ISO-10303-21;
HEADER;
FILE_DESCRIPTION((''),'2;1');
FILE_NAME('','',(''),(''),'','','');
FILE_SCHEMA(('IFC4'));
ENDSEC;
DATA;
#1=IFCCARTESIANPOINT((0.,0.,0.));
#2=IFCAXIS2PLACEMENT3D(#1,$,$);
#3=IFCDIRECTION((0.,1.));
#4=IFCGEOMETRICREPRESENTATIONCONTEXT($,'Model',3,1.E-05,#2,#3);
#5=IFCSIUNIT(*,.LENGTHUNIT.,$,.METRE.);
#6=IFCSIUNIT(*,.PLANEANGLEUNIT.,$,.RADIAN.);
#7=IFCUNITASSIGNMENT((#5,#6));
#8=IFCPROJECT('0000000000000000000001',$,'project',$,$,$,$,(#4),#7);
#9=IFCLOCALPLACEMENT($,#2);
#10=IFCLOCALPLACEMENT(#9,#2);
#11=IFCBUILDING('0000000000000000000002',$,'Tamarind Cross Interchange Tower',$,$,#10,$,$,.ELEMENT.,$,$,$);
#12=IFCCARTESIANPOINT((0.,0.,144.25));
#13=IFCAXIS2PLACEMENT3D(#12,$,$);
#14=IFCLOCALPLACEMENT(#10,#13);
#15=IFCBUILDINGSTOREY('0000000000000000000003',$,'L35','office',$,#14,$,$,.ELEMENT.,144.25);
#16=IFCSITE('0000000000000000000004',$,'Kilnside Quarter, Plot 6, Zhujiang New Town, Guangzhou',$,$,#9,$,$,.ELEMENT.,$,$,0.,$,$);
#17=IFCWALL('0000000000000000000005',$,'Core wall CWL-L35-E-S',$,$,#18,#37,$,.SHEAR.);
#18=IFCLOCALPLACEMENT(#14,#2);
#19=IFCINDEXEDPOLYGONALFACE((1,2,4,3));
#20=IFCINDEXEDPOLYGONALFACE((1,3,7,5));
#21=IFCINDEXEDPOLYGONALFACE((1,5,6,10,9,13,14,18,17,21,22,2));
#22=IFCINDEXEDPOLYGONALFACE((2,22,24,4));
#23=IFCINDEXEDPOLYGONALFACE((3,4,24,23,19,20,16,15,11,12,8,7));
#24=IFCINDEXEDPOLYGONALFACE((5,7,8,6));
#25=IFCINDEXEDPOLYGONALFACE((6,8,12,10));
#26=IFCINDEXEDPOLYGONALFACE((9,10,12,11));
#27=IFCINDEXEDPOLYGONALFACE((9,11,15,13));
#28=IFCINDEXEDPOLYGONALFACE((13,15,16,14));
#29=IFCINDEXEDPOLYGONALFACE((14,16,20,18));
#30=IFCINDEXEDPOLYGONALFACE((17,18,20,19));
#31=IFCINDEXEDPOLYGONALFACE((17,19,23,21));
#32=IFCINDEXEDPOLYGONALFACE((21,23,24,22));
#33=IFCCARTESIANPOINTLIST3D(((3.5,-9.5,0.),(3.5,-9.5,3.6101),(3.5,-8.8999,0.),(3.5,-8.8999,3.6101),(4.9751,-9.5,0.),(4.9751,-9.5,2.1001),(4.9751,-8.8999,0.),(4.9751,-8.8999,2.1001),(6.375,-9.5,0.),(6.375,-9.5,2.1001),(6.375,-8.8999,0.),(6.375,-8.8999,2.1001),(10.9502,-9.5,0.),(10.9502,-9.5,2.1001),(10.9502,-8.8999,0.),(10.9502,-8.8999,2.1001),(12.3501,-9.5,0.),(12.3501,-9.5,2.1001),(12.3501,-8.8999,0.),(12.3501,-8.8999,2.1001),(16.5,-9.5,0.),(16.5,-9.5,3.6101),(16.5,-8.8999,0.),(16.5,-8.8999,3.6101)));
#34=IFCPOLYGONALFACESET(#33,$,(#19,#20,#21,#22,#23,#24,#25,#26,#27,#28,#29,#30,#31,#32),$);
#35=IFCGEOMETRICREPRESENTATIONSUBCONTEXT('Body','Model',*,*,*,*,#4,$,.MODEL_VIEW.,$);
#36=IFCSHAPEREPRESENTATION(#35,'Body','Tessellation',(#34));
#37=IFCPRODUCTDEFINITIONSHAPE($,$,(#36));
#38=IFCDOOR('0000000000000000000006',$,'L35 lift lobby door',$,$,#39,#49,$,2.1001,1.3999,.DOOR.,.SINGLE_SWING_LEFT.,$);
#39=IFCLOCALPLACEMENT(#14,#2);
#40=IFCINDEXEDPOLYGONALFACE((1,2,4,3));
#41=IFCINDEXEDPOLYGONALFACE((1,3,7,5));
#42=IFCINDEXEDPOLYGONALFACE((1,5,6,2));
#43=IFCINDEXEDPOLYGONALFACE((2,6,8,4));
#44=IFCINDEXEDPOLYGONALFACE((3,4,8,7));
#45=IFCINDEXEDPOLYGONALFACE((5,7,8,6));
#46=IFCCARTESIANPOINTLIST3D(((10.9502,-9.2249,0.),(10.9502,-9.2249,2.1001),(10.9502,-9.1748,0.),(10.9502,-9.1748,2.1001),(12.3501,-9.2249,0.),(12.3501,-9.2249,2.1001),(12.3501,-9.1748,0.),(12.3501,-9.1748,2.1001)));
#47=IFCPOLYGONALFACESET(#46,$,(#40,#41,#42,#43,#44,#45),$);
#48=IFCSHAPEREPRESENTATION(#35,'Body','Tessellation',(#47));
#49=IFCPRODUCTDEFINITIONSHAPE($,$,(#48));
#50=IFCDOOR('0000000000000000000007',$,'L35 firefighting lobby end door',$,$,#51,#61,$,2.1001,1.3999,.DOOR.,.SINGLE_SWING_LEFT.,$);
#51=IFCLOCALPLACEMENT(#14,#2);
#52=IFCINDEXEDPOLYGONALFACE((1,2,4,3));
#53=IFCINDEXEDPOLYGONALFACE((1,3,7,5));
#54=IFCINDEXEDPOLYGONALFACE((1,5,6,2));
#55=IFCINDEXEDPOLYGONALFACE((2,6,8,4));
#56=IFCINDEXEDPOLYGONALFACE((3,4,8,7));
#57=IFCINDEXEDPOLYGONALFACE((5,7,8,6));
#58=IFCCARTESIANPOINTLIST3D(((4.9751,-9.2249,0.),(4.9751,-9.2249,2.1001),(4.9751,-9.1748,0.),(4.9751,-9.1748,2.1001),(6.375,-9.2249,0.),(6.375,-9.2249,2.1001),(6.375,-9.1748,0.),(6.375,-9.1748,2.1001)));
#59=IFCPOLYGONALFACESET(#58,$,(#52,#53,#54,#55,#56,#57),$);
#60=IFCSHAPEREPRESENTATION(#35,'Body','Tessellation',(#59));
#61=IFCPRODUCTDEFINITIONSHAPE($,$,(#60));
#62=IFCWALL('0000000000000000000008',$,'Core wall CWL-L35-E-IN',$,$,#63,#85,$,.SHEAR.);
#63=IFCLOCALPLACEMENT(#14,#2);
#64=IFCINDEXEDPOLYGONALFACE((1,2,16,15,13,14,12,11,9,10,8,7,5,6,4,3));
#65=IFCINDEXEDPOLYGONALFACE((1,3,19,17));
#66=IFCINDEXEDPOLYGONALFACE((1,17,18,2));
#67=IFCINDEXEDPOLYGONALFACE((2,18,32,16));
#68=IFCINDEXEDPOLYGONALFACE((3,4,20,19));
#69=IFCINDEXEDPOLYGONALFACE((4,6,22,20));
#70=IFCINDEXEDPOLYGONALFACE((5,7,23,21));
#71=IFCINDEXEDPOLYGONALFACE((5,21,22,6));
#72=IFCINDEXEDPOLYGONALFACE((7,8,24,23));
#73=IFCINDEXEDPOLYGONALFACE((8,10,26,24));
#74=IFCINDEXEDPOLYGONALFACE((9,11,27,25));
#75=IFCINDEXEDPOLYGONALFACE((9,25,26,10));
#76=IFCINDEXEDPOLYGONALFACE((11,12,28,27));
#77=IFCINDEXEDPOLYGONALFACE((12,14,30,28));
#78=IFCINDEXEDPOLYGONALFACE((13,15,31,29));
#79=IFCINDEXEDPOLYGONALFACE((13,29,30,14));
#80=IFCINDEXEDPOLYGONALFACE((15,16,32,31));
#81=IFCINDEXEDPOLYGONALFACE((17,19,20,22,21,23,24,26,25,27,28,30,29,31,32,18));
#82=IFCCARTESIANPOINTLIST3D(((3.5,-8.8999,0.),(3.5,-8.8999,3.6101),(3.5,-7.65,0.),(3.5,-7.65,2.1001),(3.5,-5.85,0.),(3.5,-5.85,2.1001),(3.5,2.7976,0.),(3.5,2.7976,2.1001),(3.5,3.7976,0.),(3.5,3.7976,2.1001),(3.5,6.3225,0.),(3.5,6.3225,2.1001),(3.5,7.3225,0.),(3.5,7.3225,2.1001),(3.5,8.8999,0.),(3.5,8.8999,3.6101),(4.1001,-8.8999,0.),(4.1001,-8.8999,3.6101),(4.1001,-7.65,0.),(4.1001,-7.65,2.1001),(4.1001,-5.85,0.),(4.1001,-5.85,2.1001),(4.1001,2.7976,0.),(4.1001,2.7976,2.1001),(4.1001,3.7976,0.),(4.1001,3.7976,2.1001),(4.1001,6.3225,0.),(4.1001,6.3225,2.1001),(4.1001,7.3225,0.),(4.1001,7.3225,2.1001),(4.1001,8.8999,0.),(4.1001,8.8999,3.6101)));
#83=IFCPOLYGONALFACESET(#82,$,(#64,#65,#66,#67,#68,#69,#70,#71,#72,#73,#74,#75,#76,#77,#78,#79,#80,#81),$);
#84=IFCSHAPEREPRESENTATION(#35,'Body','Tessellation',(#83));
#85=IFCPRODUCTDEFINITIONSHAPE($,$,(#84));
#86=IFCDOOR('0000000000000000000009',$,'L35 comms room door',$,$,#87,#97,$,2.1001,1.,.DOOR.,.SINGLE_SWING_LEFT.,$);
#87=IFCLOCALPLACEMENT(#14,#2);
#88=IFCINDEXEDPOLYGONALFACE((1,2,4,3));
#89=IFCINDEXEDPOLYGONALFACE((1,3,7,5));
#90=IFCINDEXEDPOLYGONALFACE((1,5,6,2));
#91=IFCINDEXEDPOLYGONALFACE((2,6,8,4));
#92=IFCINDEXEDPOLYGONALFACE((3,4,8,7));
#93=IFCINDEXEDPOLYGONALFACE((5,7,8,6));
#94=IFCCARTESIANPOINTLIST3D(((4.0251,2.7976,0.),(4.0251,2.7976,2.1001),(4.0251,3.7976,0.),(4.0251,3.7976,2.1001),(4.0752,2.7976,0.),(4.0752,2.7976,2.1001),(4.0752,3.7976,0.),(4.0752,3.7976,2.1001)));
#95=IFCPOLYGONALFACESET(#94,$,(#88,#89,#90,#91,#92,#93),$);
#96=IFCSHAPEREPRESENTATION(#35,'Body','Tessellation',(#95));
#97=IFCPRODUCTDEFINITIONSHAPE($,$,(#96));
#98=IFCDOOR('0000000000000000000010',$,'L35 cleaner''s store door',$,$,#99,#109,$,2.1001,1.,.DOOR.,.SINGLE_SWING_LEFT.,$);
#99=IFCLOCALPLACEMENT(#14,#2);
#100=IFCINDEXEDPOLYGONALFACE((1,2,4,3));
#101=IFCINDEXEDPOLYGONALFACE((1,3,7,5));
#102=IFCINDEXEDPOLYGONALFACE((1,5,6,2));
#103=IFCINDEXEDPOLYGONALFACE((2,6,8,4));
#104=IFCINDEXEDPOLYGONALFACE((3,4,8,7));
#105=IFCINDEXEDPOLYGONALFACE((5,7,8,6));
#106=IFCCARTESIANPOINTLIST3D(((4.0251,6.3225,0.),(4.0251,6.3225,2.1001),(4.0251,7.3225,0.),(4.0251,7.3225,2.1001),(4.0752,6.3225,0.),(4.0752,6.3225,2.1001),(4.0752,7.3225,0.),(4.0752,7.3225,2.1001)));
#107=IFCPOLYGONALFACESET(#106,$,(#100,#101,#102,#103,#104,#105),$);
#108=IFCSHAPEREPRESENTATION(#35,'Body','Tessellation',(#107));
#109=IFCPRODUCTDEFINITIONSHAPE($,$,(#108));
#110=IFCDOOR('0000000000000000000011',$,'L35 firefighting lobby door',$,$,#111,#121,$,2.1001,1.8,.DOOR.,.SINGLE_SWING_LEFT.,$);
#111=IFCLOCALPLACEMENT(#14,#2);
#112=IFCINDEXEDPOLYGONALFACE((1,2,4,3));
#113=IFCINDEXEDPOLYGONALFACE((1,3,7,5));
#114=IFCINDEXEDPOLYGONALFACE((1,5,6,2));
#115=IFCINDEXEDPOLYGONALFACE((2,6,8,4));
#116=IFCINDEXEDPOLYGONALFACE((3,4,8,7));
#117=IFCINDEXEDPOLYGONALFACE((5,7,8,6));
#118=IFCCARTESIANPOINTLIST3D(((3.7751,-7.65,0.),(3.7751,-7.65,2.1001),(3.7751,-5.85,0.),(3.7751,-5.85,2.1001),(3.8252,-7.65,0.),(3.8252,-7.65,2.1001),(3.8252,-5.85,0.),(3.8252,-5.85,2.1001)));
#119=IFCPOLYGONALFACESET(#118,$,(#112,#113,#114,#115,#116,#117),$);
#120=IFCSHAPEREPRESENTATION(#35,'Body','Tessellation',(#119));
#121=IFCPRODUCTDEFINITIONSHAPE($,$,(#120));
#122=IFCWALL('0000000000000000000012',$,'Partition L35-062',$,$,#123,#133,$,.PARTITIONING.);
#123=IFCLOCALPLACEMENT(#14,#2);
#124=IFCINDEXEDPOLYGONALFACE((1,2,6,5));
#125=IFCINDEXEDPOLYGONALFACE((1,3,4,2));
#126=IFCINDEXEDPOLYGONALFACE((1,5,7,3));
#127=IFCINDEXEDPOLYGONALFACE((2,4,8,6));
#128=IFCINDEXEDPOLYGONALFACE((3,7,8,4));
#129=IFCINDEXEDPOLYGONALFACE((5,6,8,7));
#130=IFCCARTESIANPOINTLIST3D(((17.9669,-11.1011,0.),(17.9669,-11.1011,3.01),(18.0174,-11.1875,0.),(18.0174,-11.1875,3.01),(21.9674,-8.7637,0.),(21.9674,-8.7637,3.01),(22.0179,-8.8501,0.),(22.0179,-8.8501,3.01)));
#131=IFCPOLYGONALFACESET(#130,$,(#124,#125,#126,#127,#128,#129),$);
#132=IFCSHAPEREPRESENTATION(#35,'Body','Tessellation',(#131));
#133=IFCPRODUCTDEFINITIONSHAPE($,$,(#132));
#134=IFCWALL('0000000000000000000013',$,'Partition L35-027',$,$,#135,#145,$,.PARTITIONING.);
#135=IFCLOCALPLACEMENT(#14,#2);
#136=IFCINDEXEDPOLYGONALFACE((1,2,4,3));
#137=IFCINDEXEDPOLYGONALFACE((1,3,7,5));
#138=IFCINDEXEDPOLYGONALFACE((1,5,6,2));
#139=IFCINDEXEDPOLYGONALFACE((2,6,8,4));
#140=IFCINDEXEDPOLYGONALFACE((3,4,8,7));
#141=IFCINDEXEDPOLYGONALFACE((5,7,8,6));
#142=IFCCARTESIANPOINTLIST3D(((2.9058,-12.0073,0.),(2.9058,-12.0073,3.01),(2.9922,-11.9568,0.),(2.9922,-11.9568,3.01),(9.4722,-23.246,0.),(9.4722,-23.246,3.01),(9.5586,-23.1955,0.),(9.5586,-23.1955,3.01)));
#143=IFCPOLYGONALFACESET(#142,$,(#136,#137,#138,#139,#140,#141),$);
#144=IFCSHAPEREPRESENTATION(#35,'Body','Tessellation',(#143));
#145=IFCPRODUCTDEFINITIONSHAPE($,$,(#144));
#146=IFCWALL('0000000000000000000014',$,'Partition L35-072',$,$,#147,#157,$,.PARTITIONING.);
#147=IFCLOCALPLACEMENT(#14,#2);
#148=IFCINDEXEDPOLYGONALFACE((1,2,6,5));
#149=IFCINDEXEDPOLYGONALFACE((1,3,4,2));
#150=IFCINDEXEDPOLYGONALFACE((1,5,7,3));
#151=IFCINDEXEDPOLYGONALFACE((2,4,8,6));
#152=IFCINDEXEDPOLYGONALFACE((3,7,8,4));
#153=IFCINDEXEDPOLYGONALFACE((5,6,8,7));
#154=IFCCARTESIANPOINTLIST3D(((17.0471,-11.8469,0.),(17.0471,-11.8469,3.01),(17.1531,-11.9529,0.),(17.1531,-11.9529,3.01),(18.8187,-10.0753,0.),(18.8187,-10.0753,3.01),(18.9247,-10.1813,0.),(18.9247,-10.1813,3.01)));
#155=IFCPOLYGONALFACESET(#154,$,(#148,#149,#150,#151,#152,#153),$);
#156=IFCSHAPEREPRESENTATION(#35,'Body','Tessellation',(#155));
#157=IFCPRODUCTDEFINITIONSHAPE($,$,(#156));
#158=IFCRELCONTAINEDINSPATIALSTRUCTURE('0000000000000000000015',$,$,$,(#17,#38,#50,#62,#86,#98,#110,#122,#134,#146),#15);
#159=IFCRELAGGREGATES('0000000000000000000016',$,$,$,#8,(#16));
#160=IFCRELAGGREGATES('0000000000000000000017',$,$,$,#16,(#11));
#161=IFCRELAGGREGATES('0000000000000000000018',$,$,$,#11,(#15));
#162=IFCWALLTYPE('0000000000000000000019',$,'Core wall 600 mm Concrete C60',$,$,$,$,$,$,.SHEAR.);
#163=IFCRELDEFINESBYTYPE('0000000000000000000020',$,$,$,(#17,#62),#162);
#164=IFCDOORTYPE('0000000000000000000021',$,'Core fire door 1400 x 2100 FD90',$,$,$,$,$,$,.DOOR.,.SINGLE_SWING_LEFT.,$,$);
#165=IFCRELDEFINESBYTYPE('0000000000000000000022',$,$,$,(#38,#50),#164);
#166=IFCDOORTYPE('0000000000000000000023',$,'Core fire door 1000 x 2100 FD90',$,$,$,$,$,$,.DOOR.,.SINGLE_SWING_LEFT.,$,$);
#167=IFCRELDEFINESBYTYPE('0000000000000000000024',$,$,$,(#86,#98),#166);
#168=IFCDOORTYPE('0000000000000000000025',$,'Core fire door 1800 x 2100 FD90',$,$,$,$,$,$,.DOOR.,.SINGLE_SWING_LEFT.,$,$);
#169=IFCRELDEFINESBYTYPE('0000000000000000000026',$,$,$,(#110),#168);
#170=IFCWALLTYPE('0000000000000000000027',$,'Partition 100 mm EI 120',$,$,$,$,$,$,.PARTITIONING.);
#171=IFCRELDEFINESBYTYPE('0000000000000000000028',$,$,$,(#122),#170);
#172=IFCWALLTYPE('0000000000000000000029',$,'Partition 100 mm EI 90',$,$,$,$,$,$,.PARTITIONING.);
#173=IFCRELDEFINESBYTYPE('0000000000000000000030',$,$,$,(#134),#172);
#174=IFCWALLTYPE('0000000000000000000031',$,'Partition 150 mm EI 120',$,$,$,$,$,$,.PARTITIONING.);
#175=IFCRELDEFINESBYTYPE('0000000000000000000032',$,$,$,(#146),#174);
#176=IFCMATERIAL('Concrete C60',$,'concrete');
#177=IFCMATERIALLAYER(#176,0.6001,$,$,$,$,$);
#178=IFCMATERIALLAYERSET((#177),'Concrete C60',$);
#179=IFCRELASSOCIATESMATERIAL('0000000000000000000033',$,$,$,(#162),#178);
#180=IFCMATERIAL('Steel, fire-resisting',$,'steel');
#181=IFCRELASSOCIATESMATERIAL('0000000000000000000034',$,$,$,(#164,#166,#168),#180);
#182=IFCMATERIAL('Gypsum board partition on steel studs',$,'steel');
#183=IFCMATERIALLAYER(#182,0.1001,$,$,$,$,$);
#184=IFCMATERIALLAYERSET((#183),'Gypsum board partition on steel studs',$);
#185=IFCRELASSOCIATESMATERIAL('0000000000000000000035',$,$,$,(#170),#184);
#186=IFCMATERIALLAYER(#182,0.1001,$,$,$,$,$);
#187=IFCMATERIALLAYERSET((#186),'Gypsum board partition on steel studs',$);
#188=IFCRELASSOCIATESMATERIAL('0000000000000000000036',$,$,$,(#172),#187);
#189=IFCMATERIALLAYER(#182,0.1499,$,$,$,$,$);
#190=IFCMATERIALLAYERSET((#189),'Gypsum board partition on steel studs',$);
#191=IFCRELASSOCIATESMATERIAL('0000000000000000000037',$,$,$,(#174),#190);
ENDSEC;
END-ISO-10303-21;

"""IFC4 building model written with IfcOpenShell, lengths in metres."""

from ifc_helpers import new_model, si_unit, direction, frame, frame_2d, origin, place, context, subcontext, project, spatial, rectangle, extrude, material, layer, layer_set, type_object, element, fill, save


model = new_model("IFC4")

# Units and contexts
model_context = context("Model", 3, precision=1e-05, world=origin(), true_north=direction((0.0, 1.0)))
body_context = subcontext(model_context, "Body", "Model", "MODEL_VIEW")
ifc_project = project(units=[si_unit("LENGTHUNIT", "METRE"), si_unit("PLANEANGLEUNIT", "RADIAN")], contexts=[model_context])

# Site, building, storey
site_placement = place(None, origin())
site = spatial("IfcSite", under=ifc_project, at=site_placement, Name="Kilnside Quarter, Plot 6, Zhujiang New Town, Guangzhou", CompositionType="ELEMENT", RefElevation=0.0)
building_placement = place(site_placement, origin())
building = spatial("IfcBuilding", under=site, at=building_placement, Name="Tamarind Cross Interchange Tower", CompositionType="ELEMENT")
storey_placement = place(building_placement, frame((0.0, 0.0, 144.25)))
storey = spatial("IfcBuildingStorey", under=building, at=storey_placement, Name="L35", Description="office", CompositionType="ELEMENT", Elevation=144.25)

# Shared definitions
ifc_material_1 = material(Name="Concrete C60", Category="concrete")

# Walls, openings, doors
ifc_layer_1 = layer(ifc_material_1, 0.6001)
ifc_layer_set_1 = layer_set([ifc_layer_1], Name="Concrete C60")
wall_type_1 = type_object("IfcWallType", Name="Core wall 600 mm Concrete C60", PredefinedType="SHEAR", material=ifc_layer_set_1)
wall_1_placement = place(storey_placement, frame((16.5, -9.2, 0.0), z_axis=(0.0, 0.0, 1.0), x_axis=(-1.0, 0.0, 0.0)))
wall_1 = element("IfcWall", 1, at=wall_1_placement, inside=storey, type_object=wall_type_1, Name="Core wall CWL-L35-E-S", PredefinedType="SHEAR", context=body_context, shape_type="SweptSolid", body=[
    extrude(rectangle(XDim=13.0, YDim=0.6001, at=frame_2d((6.5, 0.0))), origin(), (0.0, 0.0, 1.0), 3.6101),
])
opening_1_placement = place(wall_1_placement, frame((4.1499, 0.0, 0.0)))
opening_1 = element("IfcOpeningElement", 2, at=opening_1_placement, cuts=wall_1, PredefinedType="OPENING", context=body_context, shape_type="SweptSolid", body=[
    extrude(rectangle(XDim=1.3999, YDim=2.1001, at=frame_2d((0.7, 1.05))), frame((0.0, 0.3101, 0.0), z_axis=(0.0, -1.0, 0.0), x_axis=(1.0, 0.0, 0.0)), (0.0, 0.0, 1.0), 0.6201),
])
opening_2_placement = place(wall_1_placement, frame((10.125, 0.0, 0.0)))
opening_2 = element("IfcOpeningElement", 3, at=opening_2_placement, cuts=wall_1, PredefinedType="OPENING", context=body_context, shape_type="SweptSolid", body=[
    extrude(rectangle(XDim=1.3999, YDim=2.1001, at=frame_2d((0.7, 1.05))), frame((0.0, 0.3101, 0.0), z_axis=(0.0, -1.0, 0.0), x_axis=(1.0, 0.0, 0.0)), (0.0, 0.0, 1.0), 0.6201),
])
ifc_material_2 = material(Name="Steel, fire-resisting", Category="steel")
door_type_1 = type_object("IfcDoorType", Name="Core fire door 1400 x 2100 FD90", OperationType="SINGLE_SWING_LEFT", PredefinedType="DOOR", material=ifc_material_2)
door_1_placement = place(opening_1_placement, origin())
door_1 = element("IfcDoor", 4, at=door_1_placement, inside=storey, type_object=door_type_1, Name="L35 lift lobby door", OperationType="SINGLE_SWING_LEFT", OverallHeight=2.1001, OverallWidth=1.3999, PredefinedType="DOOR", context=body_context, shape_type="SweptSolid", body=[
    extrude(rectangle(XDim=1.3999, YDim=2.1001, at=frame_2d((0.7, 1.05))), frame((0.0, 0.0249, 0.0), z_axis=(0.0, -1.0, 0.0), x_axis=(1.0, 0.0, 0.0)), (0.0, 0.0, 1.0), 0.05),
])
fill(opening_1, door_1)
door_2_placement = place(opening_2_placement, origin())
door_2 = element("IfcDoor", 5, at=door_2_placement, inside=storey, type_object=door_type_1, Name="L35 firefighting lobby end door", OperationType="SINGLE_SWING_LEFT", OverallHeight=2.1001, OverallWidth=1.3999, PredefinedType="DOOR", context=body_context, shape_type="SweptSolid", body=[
    extrude(rectangle(XDim=1.3999, YDim=2.1001, at=frame_2d((0.7, 1.05))), frame((0.0, 0.0249, 0.0), z_axis=(0.0, -1.0, 0.0), x_axis=(1.0, 0.0, 0.0)), (0.0, 0.0, 1.0), 0.05),
])
fill(opening_2, door_2)
wall_2_placement = place(storey_placement, frame((3.8, -8.8999, 0.0), z_axis=(0.0, 0.0, 1.0), x_axis=(0.0, 1.0, 0.0)))
wall_2 = element("IfcWall", 6, at=wall_2_placement, inside=storey, type_object=wall_type_1, Name="Core wall CWL-L35-E-IN", PredefinedType="SHEAR", context=body_context, shape_type="SweptSolid", body=[
    extrude(rectangle(XDim=17.7998, YDim=0.6001, at=frame_2d((8.8999, 0.0))), origin(), (0.0, 0.0, 1.0), 3.6101),
])
opening_3_placement = place(wall_2_placement, frame((1.25, 0.0, 0.0)))
opening_3 = element("IfcOpeningElement", 7, at=opening_3_placement, cuts=wall_2, PredefinedType="OPENING", context=body_context, shape_type="SweptSolid", body=[
    extrude(rectangle(XDim=1.8, YDim=2.1001, at=frame_2d((0.8999, 1.05))), frame((0.0, 0.3101, 0.0), z_axis=(0.0, -1.0, 0.0), x_axis=(1.0, 0.0, 0.0)), (0.0, 0.0, 1.0), 0.6201),
])
opening_4_placement = place(wall_2_placement, frame((11.6975, 0.0, 0.0)))
opening_4 = element("IfcOpeningElement", 8, at=opening_4_placement, cuts=wall_2, PredefinedType="OPENING", context=body_context, shape_type="SweptSolid", body=[
    extrude(rectangle(XDim=1.0, YDim=2.1001, at=frame_2d((0.5, 1.05))), frame((0.0, 0.3101, 0.0), z_axis=(0.0, -1.0, 0.0), x_axis=(1.0, 0.0, 0.0)), (0.0, 0.0, 1.0), 0.6201),
])
opening_5_placement = place(wall_2_placement, frame((15.2224, 0.0, 0.0)))
opening_5 = element("IfcOpeningElement", 9, at=opening_5_placement, cuts=wall_2, PredefinedType="OPENING", context=body_context, shape_type="SweptSolid", body=[
    extrude(rectangle(XDim=1.0, YDim=2.1001, at=frame_2d((0.5, 1.05))), frame((0.0, 0.3101, 0.0), z_axis=(0.0, -1.0, 0.0), x_axis=(1.0, 0.0, 0.0)), (0.0, 0.0, 1.0), 0.6201),
])
door_type_2 = type_object("IfcDoorType", Name="Core fire door 1000 x 2100 FD90", OperationType="SINGLE_SWING_LEFT", PredefinedType="DOOR", material=ifc_material_2)
door_3_placement = place(opening_4_placement, origin())
door_3 = element("IfcDoor", 10, at=door_3_placement, inside=storey, type_object=door_type_2, Name="L35 comms room door", OperationType="SINGLE_SWING_LEFT", OverallHeight=2.1001, OverallWidth=1.0, PredefinedType="DOOR", context=body_context, shape_type="SweptSolid", body=[
    extrude(rectangle(XDim=1.0, YDim=2.1001, at=frame_2d((0.5, 1.05))), frame((0.0, -0.2251, 0.0), z_axis=(0.0, -1.0, 0.0), x_axis=(1.0, 0.0, 0.0)), (0.0, 0.0, 1.0), 0.05),
])
fill(opening_4, door_3)
door_4_placement = place(opening_5_placement, origin())
door_4 = element("IfcDoor", 11, at=door_4_placement, inside=storey, type_object=door_type_2, Name="L35 cleaner's store door", OperationType="SINGLE_SWING_LEFT", OverallHeight=2.1001, OverallWidth=1.0, PredefinedType="DOOR", context=body_context, shape_type="SweptSolid", body=[
    extrude(rectangle(XDim=1.0, YDim=2.1001, at=frame_2d((0.5, 1.05))), frame((0.0, -0.2251, 0.0), z_axis=(0.0, -1.0, 0.0), x_axis=(1.0, 0.0, 0.0)), (0.0, 0.0, 1.0), 0.05),
])
fill(opening_5, door_4)
door_type_3 = type_object("IfcDoorType", Name="Core fire door 1800 x 2100 FD90", OperationType="SINGLE_SWING_LEFT", PredefinedType="DOOR", material=ifc_material_2)
door_5_placement = place(opening_3_placement, origin())
door_5 = element("IfcDoor", 12, at=door_5_placement, inside=storey, type_object=door_type_3, Name="L35 firefighting lobby door", OperationType="SINGLE_SWING_LEFT", OverallHeight=2.1001, OverallWidth=1.8, PredefinedType="DOOR", context=body_context, shape_type="SweptSolid", body=[
    extrude(rectangle(XDim=1.8, YDim=2.1001, at=frame_2d((0.8999, 1.05))), frame((0.0, 0.0249, 0.0), z_axis=(0.0, -1.0, 0.0), x_axis=(1.0, 0.0, 0.0)), (0.0, 0.0, 1.0), 0.05),
])
fill(opening_3, door_5)

# Walls
ifc_material_3 = material(Name="Gypsum board partition on steel studs", Category="steel")
ifc_layer_2 = layer(ifc_material_3, 0.1001)
ifc_layer_set_2 = layer_set([ifc_layer_2], Name="Gypsum board partition on steel studs")
wall_type_2 = type_object("IfcWallType", Name="Partition 100 mm EI 120", PredefinedType="PARTITIONING", material=ifc_layer_set_2)
wall_3_placement = place(storey_placement, frame((17.9922, -11.1443, 0.0), z_axis=(0.0, 0.0, 1.0), x_axis=(0.863423, 0.50448, 0.0)))
element("IfcWall", 13, at=wall_3_placement, inside=storey, type_object=wall_type_2, Name="Partition L35-062", PredefinedType="PARTITIONING", context=body_context, shape_type="SweptSolid", body=[
    extrude(rectangle(XDim=4.6333, YDim=0.1001, at=frame_2d((2.3167, 0.0))), origin(), (0.0, 0.0, 1.0), 3.01),
])
ifc_layer_3 = layer(ifc_material_3, 0.1001)
ifc_layer_set_3 = layer_set([ifc_layer_3], Name="Gypsum board partition on steel studs")
wall_type_3 = type_object("IfcWallType", Name="Partition 100 mm EI 90", PredefinedType="PARTITIONING", material=ifc_layer_set_3)
wall_4_placement = place(storey_placement, frame((2.949, -11.9819, 0.0), z_axis=(0.0, 0.0, 1.0), x_axis=(0.50447, -0.863429, 0.0)))
element("IfcWall", 14, at=wall_4_placement, inside=storey, type_object=wall_type_3, Name="Partition L35-027", PredefinedType="PARTITIONING", context=body_context, shape_type="SweptSolid", body=[
    extrude(rectangle(XDim=13.0164, YDim=0.1001, at=frame_2d((6.5083, 0.0))), origin(), (0.0, 0.0, 1.0), 3.01),
])
ifc_layer_4 = layer(ifc_material_3, 0.1499)
ifc_layer_set_4 = layer_set([ifc_layer_4], Name="Gypsum board partition on steel studs")
wall_type_4 = type_object("IfcWallType", Name="Partition 150 mm EI 120", PredefinedType="PARTITIONING", material=ifc_layer_set_4)
wall_5_placement = place(storey_placement, frame((17.1001, -11.8999, 0.0), z_axis=(0.0, 0.0, 1.0), x_axis=(0.707107, 0.707107, 0.0)))
element("IfcWall", 15, at=wall_5_placement, inside=storey, type_object=wall_type_4, Name="Partition L35-072", PredefinedType="PARTITIONING", context=body_context, shape_type="SweptSolid", body=[
    extrude(rectangle(XDim=2.5054, YDim=0.1499, at=frame_2d((1.2527, 0.0))), origin(), (0.0, 0.0, 1.0), 3.01),
])

save(model, "model.ifc")
